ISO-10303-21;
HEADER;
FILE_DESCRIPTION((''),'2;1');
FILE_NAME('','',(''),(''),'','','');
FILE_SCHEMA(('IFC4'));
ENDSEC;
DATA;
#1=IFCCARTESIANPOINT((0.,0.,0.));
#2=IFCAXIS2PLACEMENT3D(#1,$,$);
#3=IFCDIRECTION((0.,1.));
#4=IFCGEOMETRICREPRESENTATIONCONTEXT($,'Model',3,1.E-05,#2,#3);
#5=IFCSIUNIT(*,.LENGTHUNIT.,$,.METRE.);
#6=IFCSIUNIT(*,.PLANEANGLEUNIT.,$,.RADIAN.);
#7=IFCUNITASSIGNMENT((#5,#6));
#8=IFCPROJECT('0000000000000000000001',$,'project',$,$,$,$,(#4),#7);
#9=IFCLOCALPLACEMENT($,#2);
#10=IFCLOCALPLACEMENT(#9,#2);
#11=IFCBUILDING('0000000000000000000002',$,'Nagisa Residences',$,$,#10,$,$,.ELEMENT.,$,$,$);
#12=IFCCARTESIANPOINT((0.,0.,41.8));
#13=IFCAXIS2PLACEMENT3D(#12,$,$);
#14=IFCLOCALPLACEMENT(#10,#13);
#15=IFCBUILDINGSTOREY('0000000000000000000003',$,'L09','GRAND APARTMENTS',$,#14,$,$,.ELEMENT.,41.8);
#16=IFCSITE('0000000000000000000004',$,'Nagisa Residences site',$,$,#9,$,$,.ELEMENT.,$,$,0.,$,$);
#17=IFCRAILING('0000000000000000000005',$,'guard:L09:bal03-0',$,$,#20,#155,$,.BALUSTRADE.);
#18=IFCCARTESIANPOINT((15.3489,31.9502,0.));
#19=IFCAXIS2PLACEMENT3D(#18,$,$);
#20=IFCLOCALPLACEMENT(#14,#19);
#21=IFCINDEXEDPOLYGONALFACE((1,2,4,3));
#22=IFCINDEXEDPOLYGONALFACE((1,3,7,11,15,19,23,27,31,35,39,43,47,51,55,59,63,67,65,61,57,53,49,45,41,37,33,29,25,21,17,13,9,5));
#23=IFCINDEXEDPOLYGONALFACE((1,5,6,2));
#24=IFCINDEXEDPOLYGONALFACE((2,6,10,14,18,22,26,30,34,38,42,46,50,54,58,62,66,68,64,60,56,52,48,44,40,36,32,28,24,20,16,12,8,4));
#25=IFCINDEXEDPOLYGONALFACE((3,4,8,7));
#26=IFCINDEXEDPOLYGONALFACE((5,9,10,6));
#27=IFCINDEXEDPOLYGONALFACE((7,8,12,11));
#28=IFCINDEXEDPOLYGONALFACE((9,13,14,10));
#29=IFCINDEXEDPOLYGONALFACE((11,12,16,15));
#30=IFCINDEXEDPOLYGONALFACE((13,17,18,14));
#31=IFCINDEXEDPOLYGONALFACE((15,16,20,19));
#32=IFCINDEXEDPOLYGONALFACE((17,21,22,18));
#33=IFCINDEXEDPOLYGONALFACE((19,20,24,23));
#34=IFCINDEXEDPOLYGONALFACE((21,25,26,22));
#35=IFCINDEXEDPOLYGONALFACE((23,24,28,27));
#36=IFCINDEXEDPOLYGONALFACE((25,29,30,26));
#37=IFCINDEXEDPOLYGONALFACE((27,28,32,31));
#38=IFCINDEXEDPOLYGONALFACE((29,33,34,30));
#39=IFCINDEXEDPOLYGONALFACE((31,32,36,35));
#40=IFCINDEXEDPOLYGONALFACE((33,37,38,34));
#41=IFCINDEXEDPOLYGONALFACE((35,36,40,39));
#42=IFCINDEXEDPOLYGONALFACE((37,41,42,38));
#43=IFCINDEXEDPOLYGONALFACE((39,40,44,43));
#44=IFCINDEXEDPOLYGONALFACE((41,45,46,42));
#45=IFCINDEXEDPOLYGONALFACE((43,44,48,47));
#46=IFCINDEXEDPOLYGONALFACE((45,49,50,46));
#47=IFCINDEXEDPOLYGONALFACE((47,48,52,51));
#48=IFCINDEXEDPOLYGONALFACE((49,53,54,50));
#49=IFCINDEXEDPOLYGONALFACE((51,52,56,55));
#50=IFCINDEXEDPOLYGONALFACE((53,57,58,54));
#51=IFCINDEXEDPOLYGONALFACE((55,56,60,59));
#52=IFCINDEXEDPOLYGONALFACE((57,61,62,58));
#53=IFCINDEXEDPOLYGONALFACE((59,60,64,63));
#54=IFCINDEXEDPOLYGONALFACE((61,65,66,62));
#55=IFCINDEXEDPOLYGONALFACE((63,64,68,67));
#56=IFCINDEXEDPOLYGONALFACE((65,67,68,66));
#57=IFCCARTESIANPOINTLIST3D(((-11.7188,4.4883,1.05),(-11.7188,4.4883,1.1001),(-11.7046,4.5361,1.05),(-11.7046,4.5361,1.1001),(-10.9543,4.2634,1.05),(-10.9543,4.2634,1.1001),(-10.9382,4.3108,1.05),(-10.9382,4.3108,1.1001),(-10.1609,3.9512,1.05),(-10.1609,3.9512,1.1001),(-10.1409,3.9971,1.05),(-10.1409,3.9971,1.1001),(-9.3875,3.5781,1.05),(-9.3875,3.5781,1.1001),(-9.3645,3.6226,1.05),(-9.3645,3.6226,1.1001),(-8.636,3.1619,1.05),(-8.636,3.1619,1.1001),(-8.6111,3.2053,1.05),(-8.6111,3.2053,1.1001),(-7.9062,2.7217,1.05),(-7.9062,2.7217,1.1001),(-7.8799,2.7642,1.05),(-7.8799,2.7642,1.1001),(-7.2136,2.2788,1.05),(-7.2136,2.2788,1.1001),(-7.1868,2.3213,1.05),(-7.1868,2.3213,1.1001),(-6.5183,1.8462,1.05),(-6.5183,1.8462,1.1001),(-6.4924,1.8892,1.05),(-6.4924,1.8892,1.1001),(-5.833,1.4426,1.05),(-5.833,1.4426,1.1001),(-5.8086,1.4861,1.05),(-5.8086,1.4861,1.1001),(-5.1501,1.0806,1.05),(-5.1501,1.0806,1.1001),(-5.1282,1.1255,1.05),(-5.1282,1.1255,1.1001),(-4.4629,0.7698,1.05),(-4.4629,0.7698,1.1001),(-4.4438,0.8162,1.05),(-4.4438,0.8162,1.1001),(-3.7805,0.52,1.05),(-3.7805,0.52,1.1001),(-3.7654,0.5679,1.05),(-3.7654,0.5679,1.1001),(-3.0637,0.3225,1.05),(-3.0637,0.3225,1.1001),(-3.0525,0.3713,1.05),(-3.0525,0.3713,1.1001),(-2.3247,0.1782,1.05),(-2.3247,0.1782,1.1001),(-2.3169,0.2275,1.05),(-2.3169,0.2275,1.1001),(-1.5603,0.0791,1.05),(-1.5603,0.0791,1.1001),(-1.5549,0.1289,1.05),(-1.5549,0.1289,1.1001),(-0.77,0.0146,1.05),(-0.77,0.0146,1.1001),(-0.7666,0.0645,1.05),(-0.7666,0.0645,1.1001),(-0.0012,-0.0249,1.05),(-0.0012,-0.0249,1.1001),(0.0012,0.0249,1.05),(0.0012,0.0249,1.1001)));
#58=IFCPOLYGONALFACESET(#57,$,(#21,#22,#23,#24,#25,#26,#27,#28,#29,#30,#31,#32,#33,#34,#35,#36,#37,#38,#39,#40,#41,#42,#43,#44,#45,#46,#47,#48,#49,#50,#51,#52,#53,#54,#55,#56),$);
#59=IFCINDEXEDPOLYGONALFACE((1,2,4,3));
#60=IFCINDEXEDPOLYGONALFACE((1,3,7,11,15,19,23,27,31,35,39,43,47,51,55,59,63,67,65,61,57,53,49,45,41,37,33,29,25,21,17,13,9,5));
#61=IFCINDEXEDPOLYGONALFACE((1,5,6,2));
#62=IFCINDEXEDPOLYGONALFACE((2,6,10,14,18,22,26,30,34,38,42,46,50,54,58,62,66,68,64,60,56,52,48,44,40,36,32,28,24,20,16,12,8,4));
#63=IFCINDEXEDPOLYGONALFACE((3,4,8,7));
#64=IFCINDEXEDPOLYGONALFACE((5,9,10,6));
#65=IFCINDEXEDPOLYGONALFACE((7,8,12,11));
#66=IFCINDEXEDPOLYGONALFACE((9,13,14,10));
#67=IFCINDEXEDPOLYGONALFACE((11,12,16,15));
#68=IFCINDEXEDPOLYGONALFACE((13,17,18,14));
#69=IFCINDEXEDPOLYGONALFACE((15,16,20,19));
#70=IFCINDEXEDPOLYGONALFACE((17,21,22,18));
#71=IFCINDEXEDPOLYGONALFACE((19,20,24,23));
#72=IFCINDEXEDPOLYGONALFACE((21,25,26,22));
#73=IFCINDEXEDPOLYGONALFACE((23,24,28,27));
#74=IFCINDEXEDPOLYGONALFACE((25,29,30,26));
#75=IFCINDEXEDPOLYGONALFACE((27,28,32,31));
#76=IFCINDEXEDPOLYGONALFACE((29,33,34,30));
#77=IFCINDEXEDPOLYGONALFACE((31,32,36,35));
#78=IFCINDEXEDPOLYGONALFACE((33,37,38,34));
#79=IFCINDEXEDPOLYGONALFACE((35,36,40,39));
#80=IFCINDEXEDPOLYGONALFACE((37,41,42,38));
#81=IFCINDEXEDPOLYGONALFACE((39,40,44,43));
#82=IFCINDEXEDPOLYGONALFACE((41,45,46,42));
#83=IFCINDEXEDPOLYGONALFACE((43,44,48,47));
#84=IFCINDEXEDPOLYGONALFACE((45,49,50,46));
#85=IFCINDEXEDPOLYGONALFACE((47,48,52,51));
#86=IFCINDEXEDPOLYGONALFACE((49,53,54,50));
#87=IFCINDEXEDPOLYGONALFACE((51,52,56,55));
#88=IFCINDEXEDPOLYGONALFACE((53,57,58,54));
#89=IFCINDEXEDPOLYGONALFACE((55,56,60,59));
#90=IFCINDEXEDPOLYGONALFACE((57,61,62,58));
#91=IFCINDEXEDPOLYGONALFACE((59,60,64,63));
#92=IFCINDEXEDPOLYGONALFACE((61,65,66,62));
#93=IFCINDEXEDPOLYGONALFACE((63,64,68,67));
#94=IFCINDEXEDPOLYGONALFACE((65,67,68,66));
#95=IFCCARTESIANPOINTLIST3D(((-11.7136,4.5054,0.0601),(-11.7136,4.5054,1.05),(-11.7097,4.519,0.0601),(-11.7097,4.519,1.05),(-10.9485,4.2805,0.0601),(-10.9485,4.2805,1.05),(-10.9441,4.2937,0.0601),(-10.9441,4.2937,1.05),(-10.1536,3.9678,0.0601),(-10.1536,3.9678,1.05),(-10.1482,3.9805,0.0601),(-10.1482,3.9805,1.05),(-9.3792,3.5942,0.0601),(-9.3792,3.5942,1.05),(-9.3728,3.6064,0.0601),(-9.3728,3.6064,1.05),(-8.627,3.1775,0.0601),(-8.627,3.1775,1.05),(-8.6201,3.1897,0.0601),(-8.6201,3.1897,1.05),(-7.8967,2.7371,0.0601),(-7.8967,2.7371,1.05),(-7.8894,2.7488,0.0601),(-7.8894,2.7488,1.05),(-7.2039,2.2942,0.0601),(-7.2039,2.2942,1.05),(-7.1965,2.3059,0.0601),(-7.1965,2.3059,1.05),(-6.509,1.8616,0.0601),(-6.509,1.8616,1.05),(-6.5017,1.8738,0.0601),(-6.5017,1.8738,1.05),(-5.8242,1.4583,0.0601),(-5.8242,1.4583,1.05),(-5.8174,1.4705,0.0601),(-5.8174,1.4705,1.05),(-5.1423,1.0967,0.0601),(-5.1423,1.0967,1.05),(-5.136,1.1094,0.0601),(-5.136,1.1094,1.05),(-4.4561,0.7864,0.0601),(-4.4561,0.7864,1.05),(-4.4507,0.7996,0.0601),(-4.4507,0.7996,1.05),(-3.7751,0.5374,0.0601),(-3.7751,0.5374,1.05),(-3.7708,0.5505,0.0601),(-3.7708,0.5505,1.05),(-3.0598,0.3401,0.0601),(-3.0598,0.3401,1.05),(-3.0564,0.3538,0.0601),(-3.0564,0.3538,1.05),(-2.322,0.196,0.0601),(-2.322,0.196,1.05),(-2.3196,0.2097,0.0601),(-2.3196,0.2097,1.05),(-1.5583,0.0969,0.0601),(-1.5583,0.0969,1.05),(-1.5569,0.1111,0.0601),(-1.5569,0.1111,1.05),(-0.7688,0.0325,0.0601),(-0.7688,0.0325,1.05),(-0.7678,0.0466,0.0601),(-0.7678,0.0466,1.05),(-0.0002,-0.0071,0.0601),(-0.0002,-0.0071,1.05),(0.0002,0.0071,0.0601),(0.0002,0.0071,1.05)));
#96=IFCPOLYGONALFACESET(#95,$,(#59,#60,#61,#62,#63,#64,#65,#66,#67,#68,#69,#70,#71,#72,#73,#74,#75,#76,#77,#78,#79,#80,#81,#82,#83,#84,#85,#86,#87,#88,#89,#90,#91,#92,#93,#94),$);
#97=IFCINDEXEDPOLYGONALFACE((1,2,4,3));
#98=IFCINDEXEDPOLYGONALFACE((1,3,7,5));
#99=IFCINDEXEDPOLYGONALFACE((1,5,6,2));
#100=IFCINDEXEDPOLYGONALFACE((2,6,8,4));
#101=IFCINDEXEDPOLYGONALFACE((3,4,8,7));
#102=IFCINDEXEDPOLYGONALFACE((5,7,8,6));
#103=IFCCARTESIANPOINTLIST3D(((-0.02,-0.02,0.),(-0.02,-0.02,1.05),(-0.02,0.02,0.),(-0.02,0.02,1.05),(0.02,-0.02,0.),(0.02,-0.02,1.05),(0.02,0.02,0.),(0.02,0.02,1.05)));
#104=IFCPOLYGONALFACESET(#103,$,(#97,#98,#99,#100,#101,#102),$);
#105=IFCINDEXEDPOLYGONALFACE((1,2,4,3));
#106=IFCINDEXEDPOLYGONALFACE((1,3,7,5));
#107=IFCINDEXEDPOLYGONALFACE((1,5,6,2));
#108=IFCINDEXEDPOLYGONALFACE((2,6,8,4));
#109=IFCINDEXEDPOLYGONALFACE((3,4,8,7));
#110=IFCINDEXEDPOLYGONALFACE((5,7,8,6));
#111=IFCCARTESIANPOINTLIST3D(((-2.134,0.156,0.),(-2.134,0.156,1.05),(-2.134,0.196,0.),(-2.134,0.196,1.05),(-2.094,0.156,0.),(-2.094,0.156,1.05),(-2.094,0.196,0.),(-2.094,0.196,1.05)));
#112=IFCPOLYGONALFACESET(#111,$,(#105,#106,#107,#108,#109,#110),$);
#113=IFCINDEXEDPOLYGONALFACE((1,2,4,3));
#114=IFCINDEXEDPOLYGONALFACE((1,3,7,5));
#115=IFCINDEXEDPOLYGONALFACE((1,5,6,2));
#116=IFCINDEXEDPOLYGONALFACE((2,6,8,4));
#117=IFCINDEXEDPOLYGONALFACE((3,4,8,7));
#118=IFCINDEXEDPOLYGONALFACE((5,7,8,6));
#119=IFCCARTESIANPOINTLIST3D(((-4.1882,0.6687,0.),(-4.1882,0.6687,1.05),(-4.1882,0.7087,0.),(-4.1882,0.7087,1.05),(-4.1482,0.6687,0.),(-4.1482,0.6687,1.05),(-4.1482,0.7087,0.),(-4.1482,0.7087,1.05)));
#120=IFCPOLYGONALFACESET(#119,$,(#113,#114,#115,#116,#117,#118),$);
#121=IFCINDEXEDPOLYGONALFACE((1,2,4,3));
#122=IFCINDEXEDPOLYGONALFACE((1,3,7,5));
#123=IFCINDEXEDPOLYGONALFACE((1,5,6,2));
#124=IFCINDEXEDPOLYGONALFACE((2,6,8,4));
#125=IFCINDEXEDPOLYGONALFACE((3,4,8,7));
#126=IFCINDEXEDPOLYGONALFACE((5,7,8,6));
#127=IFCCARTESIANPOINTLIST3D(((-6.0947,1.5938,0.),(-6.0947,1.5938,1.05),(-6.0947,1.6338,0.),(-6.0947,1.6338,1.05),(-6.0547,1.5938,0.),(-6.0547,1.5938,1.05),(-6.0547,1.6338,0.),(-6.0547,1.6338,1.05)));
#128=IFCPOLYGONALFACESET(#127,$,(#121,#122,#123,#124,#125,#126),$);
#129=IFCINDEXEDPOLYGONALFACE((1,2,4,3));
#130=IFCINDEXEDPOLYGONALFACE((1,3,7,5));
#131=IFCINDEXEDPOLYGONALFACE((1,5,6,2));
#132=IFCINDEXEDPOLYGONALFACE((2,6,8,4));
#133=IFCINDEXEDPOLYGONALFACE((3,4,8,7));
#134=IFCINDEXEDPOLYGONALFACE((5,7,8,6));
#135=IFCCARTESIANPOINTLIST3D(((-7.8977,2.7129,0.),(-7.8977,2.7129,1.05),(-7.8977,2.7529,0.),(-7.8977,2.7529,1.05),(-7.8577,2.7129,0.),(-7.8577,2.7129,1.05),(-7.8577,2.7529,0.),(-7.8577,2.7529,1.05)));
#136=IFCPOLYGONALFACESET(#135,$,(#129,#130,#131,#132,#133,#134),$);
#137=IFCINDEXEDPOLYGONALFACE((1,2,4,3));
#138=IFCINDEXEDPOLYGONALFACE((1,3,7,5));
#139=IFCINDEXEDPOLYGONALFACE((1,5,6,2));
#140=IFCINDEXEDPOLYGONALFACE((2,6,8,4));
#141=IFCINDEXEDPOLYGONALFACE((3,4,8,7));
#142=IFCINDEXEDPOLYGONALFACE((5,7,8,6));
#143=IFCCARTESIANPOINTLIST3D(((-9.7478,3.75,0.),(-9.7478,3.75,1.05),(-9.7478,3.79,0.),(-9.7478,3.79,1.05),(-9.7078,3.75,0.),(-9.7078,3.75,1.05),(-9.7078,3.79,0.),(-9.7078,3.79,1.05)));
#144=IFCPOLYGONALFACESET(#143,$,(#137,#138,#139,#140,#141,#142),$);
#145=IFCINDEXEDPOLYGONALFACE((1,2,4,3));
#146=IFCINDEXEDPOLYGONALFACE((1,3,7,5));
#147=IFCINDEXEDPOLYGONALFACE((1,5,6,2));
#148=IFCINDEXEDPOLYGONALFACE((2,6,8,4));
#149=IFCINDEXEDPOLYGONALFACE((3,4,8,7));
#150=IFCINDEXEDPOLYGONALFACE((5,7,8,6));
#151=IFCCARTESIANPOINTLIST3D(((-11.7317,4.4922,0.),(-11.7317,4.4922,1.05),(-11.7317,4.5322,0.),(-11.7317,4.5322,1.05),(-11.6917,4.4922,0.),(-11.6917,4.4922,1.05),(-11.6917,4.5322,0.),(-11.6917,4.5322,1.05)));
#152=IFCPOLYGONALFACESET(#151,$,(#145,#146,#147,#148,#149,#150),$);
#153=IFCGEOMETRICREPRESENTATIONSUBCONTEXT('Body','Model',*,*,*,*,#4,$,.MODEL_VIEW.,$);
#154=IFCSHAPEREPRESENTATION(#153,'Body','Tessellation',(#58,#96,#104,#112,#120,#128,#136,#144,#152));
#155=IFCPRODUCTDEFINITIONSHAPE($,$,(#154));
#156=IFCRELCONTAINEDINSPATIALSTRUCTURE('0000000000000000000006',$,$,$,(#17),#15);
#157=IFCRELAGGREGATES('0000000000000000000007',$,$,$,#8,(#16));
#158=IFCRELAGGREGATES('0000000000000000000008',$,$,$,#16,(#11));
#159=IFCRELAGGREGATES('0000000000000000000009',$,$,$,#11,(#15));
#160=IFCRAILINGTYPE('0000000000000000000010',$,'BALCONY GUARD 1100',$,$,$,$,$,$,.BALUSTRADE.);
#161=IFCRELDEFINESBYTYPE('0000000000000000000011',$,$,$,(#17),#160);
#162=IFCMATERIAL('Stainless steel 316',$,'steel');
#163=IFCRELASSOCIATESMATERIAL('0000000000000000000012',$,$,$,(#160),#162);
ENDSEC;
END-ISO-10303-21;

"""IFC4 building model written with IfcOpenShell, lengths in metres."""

from ifc_helpers import new_model, si_unit, direction, frame, origin, origin_2d, place, context, subcontext, project, spatial, polyline, rectangle, outline, extrude, material, type_object, element, save


model = new_model("IFC4")

# Units and contexts
model_context = context("Model", 3, precision=1e-05, world=origin(), true_north=direction((0.0, 1.0)))
body_context = subcontext(model_context, "Body", "Model", "MODEL_VIEW")
ifc_project = project(units=[si_unit("LENGTHUNIT", "METRE"), si_unit("PLANEANGLEUNIT", "RADIAN")], contexts=[model_context])

# Site, building, storey
site_placement = place(None, origin())
site = spatial("IfcSite", under=ifc_project, at=site_placement, Name="Nagisa Residences site", CompositionType="ELEMENT", RefElevation=0.0)
building_placement = place(site_placement, origin())
building = spatial("IfcBuilding", under=site, at=building_placement, Name="Nagisa Residences", CompositionType="ELEMENT")
storey_placement = place(building_placement, frame((0.0, 0.0, 41.8)))
storey = spatial("IfcBuildingStorey", under=building, at=storey_placement, Name="L09", Description="GRAND APARTMENTS", CompositionType="ELEMENT", Elevation=41.8)

# Railing
ifc_material_1 = material(Name="Stainless steel 316", Category="steel")
railing_type = type_object("IfcRailingType", Name="BALCONY GUARD 1100", PredefinedType="BALUSTRADE", material=ifc_material_1)
railing_1_placement = place(storey_placement, frame((15.3489, 31.9502, 0.0)))
element("IfcRailing", 1, at=railing_1_placement, inside=storey, type_object=railing_type, Name="guard:L09:bal03-0", PredefinedType="BALUSTRADE", context=body_context, shape_type="SweptSolid", body=[
    extrude(outline(polyline([(-0.77, 0.0146), (-0.0012, -0.0249), (0.0012, 0.0249), (-0.7666, 0.0645), (-1.5549, 0.1289), (-2.3169, 0.2275), (-3.0525, 0.3713), (-3.7654, 0.5679), (-4.4438, 0.8162), (-5.1282, 1.1255), (-5.8086, 1.4861), (-6.4924, 1.8892), (-7.1868, 2.3213), (-7.8799, 2.7642), (-8.6111, 3.2053), (-9.3645, 3.6226), (-10.1409, 3.9971), (-10.9382, 4.3108), (-11.7046, 4.5361), (-11.7188, 4.4883), (-10.9543, 4.2634), (-10.1609, 3.9512), (-9.3875, 3.5781), (-8.636, 3.1619), (-7.9062, 2.7217), (-7.2136, 2.2788), (-6.5183, 1.8462), (-5.833, 1.4426), (-5.1501, 1.0806), (-4.4629, 0.7698), (-3.7805, 0.52), (-3.0637, 0.3225), (-2.3247, 0.1782), (-1.5603, 0.0791), (-0.77, 0.0146)])), frame((0.0, 0.0, 1.05)), (0.0, 0.0, 1.0), 0.05),
    extrude(outline(polyline([(-0.7688, 0.0325), (-0.0002, -0.0071), (0.0002, 0.0071), (-0.7678, 0.0466), (-1.5569, 0.1111), (-2.3196, 0.2097), (-3.0564, 0.3538), (-3.7708, 0.5505), (-4.4507, 0.7996), (-5.136, 1.1094), (-5.8174, 1.4705), (-6.5017, 1.8738), (-7.1965, 2.3059), (-7.8894, 2.7488), (-8.6201, 3.1897), (-9.3728, 3.6064), (-10.1482, 3.9805), (-10.9441, 4.2937), (-11.7097, 4.519), (-11.7136, 4.5054), (-10.9485, 4.2805), (-10.1536, 3.9678), (-9.3792, 3.5942), (-8.627, 3.1775), (-7.8967, 2.7371), (-7.2039, 2.2942), (-6.509, 1.8616), (-5.8242, 1.4583), (-5.1423, 1.0967), (-4.4561, 0.7864), (-3.7751, 0.5374), (-3.0598, 0.3401), (-2.322, 0.196), (-1.5583, 0.0969), (-0.7688, 0.0325)])), frame((0.0, 0.0, 0.0601)), (0.0, 0.0, 1.0), 0.99),
    extrude(rectangle(XDim=0.04, YDim=0.04, at=origin_2d()), origin(), (0.0, 0.0, 1.0), 1.05),
    extrude(rectangle(XDim=0.04, YDim=0.04, at=origin_2d()), frame((-2.114, 0.176, 0.0)), (0.0, 0.0, 1.0), 1.05),
    extrude(rectangle(XDim=0.04, YDim=0.04, at=origin_2d()), frame((-4.1682, 0.6887, 0.0)), (0.0, 0.0, 1.0), 1.05),
    extrude(rectangle(XDim=0.04, YDim=0.04, at=origin_2d()), frame((-6.0747, 1.6138, 0.0)), (0.0, 0.0, 1.0), 1.05),
    extrude(rectangle(XDim=0.04, YDim=0.04, at=origin_2d()), frame((-7.8777, 2.7329, 0.0)), (0.0, 0.0, 1.0), 1.05),
    extrude(rectangle(XDim=0.04, YDim=0.04, at=origin_2d()), frame((-9.7278, 3.77, 0.0)), (0.0, 0.0, 1.0), 1.05),
    extrude(rectangle(XDim=0.04, YDim=0.04, at=origin_2d()), frame((-11.7117, 4.5122, 0.0)), (0.0, 0.0, 1.0), 1.05),
])

save(model, "model.ifc")
